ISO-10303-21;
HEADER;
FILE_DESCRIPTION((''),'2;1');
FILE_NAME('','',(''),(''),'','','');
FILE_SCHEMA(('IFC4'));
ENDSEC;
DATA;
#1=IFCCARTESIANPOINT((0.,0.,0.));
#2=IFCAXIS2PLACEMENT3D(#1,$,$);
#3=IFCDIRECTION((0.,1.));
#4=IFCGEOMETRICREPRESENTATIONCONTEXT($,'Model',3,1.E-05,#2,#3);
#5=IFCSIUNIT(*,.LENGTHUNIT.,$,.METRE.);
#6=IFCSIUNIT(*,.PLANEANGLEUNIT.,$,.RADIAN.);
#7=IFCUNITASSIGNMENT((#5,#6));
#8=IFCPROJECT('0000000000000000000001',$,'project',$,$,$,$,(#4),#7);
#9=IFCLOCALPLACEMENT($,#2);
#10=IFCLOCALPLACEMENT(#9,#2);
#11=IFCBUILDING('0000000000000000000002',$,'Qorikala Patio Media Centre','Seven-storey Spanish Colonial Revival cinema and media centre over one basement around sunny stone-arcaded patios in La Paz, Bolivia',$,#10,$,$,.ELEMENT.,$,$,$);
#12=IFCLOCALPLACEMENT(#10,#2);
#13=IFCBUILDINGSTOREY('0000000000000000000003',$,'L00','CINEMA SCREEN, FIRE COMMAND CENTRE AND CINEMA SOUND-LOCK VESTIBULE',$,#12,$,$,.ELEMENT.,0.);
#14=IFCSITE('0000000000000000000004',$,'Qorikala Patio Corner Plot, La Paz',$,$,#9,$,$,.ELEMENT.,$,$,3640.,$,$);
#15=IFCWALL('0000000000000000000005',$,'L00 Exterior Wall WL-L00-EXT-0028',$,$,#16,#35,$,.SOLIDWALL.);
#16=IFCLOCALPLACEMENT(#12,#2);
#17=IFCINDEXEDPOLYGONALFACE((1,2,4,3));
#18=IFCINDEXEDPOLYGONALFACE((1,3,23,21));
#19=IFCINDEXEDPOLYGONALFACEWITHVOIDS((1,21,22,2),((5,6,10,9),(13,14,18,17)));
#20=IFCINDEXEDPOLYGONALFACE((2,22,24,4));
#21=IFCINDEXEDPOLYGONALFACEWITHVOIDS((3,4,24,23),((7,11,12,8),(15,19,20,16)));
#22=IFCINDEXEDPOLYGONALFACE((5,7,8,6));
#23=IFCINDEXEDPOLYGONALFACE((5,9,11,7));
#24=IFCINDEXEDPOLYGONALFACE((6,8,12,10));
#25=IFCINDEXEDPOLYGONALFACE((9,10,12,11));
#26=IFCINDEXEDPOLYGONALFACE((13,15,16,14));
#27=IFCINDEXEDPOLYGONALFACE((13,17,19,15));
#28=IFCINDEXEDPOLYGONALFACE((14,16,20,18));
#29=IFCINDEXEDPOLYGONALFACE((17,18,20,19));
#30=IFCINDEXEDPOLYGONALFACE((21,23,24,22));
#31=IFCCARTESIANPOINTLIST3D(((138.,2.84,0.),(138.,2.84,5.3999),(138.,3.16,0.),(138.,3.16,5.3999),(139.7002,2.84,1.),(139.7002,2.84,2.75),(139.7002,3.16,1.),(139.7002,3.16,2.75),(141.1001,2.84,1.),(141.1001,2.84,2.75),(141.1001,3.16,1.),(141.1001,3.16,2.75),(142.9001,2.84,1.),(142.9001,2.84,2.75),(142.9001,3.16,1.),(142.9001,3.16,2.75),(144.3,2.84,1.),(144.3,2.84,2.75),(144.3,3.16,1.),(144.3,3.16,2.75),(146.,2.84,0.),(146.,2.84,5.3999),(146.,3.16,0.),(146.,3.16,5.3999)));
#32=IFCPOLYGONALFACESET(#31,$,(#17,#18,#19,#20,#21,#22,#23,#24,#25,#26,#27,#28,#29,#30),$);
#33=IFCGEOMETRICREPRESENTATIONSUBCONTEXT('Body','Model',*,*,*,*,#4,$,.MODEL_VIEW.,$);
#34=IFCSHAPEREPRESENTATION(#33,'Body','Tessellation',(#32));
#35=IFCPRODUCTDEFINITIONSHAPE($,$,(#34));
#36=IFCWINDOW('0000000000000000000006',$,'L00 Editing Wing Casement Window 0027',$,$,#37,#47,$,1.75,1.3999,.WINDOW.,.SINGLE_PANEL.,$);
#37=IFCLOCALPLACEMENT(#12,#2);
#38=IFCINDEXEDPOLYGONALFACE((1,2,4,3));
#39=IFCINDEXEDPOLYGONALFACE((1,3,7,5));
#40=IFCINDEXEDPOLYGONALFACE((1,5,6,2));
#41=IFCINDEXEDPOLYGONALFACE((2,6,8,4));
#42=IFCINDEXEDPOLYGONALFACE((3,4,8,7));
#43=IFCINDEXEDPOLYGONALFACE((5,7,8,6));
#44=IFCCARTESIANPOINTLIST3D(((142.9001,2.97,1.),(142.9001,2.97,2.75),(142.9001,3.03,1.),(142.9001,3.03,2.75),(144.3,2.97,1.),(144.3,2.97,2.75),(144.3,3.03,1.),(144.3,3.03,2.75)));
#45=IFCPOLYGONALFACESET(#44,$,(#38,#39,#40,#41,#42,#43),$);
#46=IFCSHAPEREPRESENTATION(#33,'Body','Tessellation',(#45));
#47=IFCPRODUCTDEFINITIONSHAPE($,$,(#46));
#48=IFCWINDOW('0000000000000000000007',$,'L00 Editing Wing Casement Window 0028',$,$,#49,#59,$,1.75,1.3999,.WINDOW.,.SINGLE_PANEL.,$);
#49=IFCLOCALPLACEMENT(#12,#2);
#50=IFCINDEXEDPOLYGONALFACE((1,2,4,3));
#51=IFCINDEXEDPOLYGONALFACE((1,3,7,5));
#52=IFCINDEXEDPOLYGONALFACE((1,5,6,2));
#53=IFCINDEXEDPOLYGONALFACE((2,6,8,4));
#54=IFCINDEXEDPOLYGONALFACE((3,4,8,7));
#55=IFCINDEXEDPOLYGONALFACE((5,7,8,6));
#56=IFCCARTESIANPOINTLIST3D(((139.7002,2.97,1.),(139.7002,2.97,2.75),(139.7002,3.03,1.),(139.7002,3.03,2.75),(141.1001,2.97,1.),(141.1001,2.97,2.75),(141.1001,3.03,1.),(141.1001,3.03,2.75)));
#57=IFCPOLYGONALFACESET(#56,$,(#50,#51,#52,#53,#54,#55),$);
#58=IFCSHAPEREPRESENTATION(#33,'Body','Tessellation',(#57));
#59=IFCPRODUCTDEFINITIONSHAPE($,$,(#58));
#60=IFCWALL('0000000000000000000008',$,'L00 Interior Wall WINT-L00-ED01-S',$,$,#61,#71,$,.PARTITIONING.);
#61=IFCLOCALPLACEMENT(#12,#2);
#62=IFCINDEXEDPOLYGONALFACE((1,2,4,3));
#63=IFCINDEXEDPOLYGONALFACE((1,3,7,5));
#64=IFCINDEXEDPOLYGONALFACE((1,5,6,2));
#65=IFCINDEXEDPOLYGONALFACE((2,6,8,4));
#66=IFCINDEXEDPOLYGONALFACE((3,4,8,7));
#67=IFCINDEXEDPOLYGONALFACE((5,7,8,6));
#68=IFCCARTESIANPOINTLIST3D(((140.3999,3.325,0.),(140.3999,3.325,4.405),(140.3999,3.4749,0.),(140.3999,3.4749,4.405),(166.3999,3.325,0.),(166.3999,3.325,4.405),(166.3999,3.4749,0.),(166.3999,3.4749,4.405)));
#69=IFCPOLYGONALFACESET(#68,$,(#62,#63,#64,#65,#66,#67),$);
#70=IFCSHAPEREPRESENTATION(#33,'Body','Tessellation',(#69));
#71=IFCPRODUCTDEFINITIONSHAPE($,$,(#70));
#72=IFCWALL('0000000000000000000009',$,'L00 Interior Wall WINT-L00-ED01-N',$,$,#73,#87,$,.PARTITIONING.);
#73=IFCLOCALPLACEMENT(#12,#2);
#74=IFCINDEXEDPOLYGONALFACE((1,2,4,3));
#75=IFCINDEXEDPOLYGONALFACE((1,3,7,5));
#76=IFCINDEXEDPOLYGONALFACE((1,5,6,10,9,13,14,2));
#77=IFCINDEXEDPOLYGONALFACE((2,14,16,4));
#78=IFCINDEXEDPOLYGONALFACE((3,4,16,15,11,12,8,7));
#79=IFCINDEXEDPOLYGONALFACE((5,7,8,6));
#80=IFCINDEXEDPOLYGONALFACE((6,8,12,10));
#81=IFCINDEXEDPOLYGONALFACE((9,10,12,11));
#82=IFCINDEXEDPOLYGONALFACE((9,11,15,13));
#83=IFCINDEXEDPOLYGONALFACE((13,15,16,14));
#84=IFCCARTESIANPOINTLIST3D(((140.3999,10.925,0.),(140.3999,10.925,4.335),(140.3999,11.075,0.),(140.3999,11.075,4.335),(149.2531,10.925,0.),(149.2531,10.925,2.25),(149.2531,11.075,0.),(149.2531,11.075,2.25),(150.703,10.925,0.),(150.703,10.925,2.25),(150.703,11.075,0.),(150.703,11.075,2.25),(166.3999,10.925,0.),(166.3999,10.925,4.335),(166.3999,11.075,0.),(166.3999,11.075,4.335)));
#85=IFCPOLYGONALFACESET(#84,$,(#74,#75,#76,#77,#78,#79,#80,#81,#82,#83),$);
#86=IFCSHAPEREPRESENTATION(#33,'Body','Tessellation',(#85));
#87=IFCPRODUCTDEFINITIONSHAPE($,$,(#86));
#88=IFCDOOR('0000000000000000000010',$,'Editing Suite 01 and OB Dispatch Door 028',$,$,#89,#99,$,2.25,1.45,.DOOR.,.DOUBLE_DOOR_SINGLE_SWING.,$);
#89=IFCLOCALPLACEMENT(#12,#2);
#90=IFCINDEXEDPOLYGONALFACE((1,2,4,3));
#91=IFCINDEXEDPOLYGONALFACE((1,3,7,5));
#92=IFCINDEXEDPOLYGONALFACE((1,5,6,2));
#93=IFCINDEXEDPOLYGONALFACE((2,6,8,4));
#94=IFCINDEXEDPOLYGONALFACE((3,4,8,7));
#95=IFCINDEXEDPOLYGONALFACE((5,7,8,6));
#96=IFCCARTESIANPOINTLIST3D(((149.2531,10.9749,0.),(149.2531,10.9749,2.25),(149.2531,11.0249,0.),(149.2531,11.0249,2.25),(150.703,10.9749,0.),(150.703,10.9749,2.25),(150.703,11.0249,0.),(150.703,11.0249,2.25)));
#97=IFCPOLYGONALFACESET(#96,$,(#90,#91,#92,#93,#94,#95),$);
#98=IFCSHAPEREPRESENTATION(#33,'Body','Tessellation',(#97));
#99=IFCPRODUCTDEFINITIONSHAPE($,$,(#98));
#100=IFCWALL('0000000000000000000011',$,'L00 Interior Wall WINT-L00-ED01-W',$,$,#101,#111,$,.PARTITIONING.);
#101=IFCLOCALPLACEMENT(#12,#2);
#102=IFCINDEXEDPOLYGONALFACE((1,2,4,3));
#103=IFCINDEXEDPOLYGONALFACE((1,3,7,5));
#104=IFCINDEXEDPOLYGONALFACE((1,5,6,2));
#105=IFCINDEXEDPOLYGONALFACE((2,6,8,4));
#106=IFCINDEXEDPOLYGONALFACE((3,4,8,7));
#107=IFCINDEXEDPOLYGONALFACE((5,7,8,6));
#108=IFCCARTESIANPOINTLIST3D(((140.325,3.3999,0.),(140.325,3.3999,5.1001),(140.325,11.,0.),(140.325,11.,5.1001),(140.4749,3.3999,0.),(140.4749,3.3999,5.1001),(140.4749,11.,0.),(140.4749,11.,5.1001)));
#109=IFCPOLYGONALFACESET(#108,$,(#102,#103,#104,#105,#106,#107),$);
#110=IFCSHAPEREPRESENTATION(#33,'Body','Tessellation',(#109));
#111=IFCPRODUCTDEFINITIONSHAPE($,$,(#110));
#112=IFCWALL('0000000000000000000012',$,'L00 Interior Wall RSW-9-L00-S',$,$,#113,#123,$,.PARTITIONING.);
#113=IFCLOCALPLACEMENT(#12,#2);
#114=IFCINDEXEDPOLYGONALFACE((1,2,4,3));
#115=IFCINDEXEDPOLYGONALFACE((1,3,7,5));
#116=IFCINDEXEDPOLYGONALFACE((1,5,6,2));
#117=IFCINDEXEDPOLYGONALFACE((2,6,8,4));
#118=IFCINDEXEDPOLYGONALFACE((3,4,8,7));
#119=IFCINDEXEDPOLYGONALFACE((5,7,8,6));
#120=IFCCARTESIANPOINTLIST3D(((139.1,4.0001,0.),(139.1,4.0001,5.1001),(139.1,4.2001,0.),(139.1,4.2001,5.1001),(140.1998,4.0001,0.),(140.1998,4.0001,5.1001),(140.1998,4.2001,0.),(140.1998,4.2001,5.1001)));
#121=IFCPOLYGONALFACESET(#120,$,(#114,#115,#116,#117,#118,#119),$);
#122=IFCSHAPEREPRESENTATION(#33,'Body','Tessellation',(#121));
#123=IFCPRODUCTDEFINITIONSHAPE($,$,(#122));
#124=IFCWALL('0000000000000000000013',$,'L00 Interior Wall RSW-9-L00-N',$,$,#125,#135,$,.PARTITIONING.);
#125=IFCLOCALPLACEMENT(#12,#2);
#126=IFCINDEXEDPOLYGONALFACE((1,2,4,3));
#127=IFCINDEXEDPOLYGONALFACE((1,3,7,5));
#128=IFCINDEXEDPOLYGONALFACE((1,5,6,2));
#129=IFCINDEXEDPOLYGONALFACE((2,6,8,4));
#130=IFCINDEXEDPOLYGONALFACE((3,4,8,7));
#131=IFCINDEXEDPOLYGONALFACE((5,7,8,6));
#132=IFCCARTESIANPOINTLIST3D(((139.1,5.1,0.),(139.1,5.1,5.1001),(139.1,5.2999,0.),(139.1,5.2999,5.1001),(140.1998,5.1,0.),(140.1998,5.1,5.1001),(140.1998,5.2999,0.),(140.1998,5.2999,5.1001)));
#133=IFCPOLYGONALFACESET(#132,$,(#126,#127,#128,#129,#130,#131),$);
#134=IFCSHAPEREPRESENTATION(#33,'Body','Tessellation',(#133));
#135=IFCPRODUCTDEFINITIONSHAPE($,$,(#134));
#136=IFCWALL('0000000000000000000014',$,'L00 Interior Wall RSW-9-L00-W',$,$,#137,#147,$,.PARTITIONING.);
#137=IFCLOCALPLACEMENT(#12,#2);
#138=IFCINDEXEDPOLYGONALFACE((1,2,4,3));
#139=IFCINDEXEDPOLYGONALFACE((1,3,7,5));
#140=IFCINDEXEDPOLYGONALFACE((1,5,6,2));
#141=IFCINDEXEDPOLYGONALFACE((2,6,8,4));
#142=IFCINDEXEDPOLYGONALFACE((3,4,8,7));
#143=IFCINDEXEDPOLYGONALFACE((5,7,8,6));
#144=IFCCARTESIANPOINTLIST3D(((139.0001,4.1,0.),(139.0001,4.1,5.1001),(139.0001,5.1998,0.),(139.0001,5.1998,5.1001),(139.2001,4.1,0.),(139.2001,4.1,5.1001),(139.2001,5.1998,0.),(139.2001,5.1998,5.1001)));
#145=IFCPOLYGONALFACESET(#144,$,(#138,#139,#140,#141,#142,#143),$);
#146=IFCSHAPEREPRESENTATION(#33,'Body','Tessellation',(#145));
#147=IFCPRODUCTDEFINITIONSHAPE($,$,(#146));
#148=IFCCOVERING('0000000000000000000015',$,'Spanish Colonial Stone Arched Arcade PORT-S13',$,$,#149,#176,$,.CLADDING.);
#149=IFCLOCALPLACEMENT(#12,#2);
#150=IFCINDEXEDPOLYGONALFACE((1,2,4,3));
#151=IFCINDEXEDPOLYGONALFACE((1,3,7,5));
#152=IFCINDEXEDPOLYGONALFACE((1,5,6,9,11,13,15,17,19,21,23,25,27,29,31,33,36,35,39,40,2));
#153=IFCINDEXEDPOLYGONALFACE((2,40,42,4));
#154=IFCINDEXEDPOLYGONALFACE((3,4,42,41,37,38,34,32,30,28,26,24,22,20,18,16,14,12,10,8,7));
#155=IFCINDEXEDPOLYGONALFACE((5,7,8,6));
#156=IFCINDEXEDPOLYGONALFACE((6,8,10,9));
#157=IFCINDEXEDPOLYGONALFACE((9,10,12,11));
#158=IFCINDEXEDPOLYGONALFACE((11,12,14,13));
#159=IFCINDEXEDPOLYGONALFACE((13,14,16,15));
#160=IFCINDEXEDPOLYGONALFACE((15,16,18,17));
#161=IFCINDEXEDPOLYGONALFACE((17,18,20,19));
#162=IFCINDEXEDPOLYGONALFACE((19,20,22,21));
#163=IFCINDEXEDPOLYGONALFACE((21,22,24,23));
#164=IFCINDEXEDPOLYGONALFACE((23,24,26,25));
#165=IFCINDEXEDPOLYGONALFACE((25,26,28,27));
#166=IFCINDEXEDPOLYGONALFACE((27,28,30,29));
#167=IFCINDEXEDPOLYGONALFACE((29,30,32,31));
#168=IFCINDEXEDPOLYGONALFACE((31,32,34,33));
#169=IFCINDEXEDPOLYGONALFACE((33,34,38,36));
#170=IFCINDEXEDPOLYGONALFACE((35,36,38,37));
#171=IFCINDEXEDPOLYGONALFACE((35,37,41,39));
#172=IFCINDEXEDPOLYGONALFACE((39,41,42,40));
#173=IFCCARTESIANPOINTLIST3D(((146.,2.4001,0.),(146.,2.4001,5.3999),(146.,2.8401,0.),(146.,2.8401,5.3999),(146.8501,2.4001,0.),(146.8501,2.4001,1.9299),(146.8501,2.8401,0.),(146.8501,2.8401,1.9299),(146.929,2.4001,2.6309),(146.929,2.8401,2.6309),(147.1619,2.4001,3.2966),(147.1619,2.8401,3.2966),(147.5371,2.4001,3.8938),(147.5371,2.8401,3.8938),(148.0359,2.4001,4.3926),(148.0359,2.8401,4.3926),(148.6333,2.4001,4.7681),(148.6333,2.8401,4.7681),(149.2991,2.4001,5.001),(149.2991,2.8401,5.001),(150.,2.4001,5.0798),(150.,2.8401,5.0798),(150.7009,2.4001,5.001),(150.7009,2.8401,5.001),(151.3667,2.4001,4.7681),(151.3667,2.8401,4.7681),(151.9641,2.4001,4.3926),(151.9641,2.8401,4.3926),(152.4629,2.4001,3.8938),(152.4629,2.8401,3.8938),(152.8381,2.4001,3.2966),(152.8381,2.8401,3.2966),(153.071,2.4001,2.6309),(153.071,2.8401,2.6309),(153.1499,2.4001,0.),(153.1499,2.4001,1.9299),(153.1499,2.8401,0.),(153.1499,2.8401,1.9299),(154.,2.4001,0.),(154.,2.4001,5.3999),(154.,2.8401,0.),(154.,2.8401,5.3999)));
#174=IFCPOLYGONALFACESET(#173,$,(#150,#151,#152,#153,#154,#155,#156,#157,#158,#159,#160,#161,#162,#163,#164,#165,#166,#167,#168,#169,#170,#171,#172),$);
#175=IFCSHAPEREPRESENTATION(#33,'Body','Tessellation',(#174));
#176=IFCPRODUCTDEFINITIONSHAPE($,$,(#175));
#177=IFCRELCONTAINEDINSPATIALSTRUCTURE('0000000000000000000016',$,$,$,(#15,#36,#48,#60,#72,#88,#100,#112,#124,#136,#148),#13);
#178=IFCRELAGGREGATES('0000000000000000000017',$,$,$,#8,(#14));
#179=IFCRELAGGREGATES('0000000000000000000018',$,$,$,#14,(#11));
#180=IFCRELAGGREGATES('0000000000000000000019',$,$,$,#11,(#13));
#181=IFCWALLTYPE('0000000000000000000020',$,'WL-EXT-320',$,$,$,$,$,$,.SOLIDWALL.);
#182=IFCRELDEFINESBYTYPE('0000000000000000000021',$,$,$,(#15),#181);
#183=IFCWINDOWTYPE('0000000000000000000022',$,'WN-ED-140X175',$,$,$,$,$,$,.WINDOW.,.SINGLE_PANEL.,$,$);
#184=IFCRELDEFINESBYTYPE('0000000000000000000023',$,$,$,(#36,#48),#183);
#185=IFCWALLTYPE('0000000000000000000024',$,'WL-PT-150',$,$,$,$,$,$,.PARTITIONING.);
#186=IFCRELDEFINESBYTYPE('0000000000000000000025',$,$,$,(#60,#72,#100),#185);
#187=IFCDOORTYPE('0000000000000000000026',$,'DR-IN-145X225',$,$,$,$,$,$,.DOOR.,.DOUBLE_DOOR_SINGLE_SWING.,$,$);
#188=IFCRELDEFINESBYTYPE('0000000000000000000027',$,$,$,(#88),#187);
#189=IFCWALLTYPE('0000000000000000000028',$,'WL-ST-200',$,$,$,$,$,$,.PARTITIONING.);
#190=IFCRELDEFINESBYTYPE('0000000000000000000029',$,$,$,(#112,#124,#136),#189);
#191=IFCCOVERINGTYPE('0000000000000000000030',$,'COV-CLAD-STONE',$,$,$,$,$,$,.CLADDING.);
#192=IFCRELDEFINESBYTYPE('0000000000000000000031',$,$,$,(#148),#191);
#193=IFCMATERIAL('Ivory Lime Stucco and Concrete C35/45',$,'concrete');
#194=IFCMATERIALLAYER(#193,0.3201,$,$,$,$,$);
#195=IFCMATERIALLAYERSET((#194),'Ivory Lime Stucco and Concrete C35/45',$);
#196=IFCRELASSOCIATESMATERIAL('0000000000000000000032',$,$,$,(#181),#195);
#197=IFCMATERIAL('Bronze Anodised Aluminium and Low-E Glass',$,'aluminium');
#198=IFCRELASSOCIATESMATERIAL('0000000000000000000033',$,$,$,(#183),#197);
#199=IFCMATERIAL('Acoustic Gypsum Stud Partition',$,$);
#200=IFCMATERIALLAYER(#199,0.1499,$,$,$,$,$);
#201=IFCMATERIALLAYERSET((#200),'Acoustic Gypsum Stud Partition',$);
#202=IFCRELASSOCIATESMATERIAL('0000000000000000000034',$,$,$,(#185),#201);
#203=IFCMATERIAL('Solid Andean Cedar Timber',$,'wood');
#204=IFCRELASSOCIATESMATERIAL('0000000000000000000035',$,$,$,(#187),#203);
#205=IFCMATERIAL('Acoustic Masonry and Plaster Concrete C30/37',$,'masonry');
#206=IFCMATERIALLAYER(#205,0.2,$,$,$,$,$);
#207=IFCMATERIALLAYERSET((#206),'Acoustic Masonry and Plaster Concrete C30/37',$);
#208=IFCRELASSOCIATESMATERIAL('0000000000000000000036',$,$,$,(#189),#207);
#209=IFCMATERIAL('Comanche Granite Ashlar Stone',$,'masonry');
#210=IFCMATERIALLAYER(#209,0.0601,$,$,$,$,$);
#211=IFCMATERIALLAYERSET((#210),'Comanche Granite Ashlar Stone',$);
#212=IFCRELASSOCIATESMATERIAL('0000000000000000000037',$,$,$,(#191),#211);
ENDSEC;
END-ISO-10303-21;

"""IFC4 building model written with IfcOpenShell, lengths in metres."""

from ifc_helpers import new_model, si_unit, direction, frame, frame_2d, origin, place, context, subcontext, project, spatial, polyline, rectangle, outline, extrude, material, layer, layer_set, type_object, element, fill, save


model = new_model("IFC4")

# Units and contexts
model_context = context("Model", 3, precision=1e-05, world=origin(), true_north=direction((0.0, 1.0)))
body_context = subcontext(model_context, "Body", "Model", "MODEL_VIEW")
ifc_project = project(units=[si_unit("LENGTHUNIT", "METRE"), si_unit("PLANEANGLEUNIT", "RADIAN")], contexts=[model_context])

# Site, building, storey
site_placement = place(None, origin())
site = spatial("IfcSite", under=ifc_project, at=site_placement, Name="Qorikala Patio Corner Plot, La Paz", CompositionType="ELEMENT", RefElevation=3640.0)
building_placement = place(site_placement, origin())
building = spatial("IfcBuilding", under=site, at=building_placement, Name="Qorikala Patio Media Centre", Description="Seven-storey Spanish Colonial Revival cinema and media centre over one basement around sunny stone-arcaded patios in La Paz, Bolivia", CompositionType="ELEMENT")
storey_placement = place(building_placement, origin())
storey = spatial("IfcBuildingStorey", under=building, at=storey_placement, Name="L00", Description="CINEMA SCREEN, FIRE COMMAND CENTRE AND CINEMA SOUND-LOCK VESTIBULE", CompositionType="ELEMENT", Elevation=0.0)

# Wall, openings, windows
ifc_material_1 = material(Name="Ivory Lime Stucco and Concrete C35/45", Category="concrete")
ifc_layer_1 = layer(ifc_material_1, 0.3201)
ifc_layer_set_1 = layer_set([ifc_layer_1], Name="Ivory Lime Stucco and Concrete C35/45")
wall_type_1 = type_object("IfcWallType", Name="WL-EXT-320", PredefinedType="SOLIDWALL", material=ifc_layer_set_1)
wall_1_placement = place(storey_placement, frame((146.0, 3.0, 0.0), z_axis=(0.0, 0.0, 1.0), x_axis=(-1.0, 0.0, 0.0)))
wall_1 = element("IfcWall", 1, at=wall_1_placement, inside=storey, type_object=wall_type_1, Name="L00 Exterior Wall WL-L00-EXT-0028", PredefinedType="SOLIDWALL", context=body_context, shape_type="SweptSolid", body=[
    extrude(rectangle(XDim=8.0, YDim=0.3201, at=frame_2d((4.0, 0.0))), origin(), (0.0, 0.0, 1.0), 5.3999),
])
opening_1_placement = place(wall_1_placement, frame((1.7, 0.0, 1.0)))
opening_1 = element("IfcOpeningElement", 2, at=opening_1_placement, cuts=wall_1, PredefinedType="OPENING", context=body_context, shape_type="SweptSolid", body=[
    extrude(rectangle(XDim=1.3999, YDim=1.75, at=frame_2d((0.7, 0.875))), frame((0.0, 0.1699, 0.0), z_axis=(0.0, -1.0, 0.0), x_axis=(1.0, 0.0, 0.0)), (0.0, 0.0, 1.0), 0.3401),
])
opening_2_placement = place(wall_1_placement, frame((4.8999, 0.0, 1.0)))
opening_2 = element("IfcOpeningElement", 3, at=opening_2_placement, cuts=wall_1, PredefinedType="OPENING", context=body_context, shape_type="SweptSolid", body=[
    extrude(rectangle(XDim=1.3999, YDim=1.75, at=frame_2d((0.7, 0.875))), frame((0.0, 0.1699, 0.0), z_axis=(0.0, -1.0, 0.0), x_axis=(1.0, 0.0, 0.0)), (0.0, 0.0, 1.0), 0.3401),
])
ifc_material_2 = material(Name="Bronze Anodised Aluminium and Low-E Glass", Category="aluminium")
window_type = type_object("IfcWindowType", Name="WN-ED-140X175", PartitioningType="SINGLE_PANEL", PredefinedType="WINDOW", material=ifc_material_2)
window_1_placement = place(opening_1_placement, origin())
window_1 = element("IfcWindow", 4, at=window_1_placement, inside=storey, type_object=window_type, Name="L00 Editing Wing Casement Window 0027", OverallHeight=1.75, OverallWidth=1.3999, PartitioningType="SINGLE_PANEL", PredefinedType="WINDOW", context=body_context, shape_type="SweptSolid", body=[
    extrude(rectangle(XDim=1.3999, YDim=1.75, at=frame_2d((0.7, 0.875))), frame((0.0, 0.03, 0.0), z_axis=(0.0, -1.0, 0.0), x_axis=(1.0, 0.0, 0.0)), (0.0, 0.0, 1.0), 0.0601),
])
fill(opening_1, window_1)
window_2_placement = place(opening_2_placement, origin())
window_2 = element("IfcWindow", 5, at=window_2_placement, inside=storey, type_object=window_type, Name="L00 Editing Wing Casement Window 0028", OverallHeight=1.75, OverallWidth=1.3999, PartitioningType="SINGLE_PANEL", PredefinedType="WINDOW", context=body_context, shape_type="SweptSolid", body=[
    extrude(rectangle(XDim=1.3999, YDim=1.75, at=frame_2d((0.7, 0.875))), frame((0.0, 0.03, 0.0), z_axis=(0.0, -1.0, 0.0), x_axis=(1.0, 0.0, 0.0)), (0.0, 0.0, 1.0), 0.0601),
])
fill(opening_2, window_2)

# Wall
ifc_material_3 = material(Name="Acoustic Gypsum Stud Partition")
ifc_layer_2 = layer(ifc_material_3, 0.1499)
ifc_layer_set_2 = layer_set([ifc_layer_2], Name="Acoustic Gypsum Stud Partition")
wall_type_2 = type_object("IfcWallType", Name="WL-PT-150", PredefinedType="PARTITIONING", material=ifc_layer_set_2)
wall_2_placement = place(storey_placement, frame((140.3999, 3.3999, 0.0), z_axis=(0.0, 0.0, 1.0), x_axis=(1.0, 0.0, 0.0)))
element("IfcWall", 6, at=wall_2_placement, inside=storey, type_object=wall_type_2, Name="L00 Interior Wall WINT-L00-ED01-S", PredefinedType="PARTITIONING", context=body_context, shape_type="SweptSolid", body=[
    extrude(rectangle(XDim=26.0, YDim=0.1499, at=frame_2d((13.0, 0.0))), origin(), (0.0, 0.0, 1.0), 4.405),
])

# Wall, opening, door
wall_3_placement = place(storey_placement, frame((140.3999, 11.0, 0.0), z_axis=(0.0, 0.0, 1.0), x_axis=(1.0, 0.0, 0.0)))
wall_3 = element("IfcWall", 7, at=wall_3_placement, inside=storey, type_object=wall_type_2, Name="L00 Interior Wall WINT-L00-ED01-N", PredefinedType="PARTITIONING", context=body_context, shape_type="SweptSolid", body=[
    extrude(rectangle(XDim=26.0, YDim=0.1499, at=frame_2d((13.0, 0.0))), origin(), (0.0, 0.0, 1.0), 4.335),
])
opening_3_placement = place(wall_3_placement, frame((8.853, 0.0, 0.0)))
opening_3 = element("IfcOpeningElement", 8, at=opening_3_placement, cuts=wall_3, PredefinedType="OPENING", context=body_context, shape_type="SweptSolid", body=[
    extrude(rectangle(XDim=1.45, YDim=2.25, at=frame_2d((0.7251, 1.125))), frame((0.0, 0.085, 0.0), z_axis=(0.0, -1.0, 0.0), x_axis=(1.0, 0.0, 0.0)), (0.0, 0.0, 1.0), 0.1699),
])
ifc_material_4 = material(Name="Solid Andean Cedar Timber", Category="wood")
door_type = type_object("IfcDoorType", Name="DR-IN-145X225", OperationType="DOUBLE_DOOR_SINGLE_SWING", PredefinedType="DOOR", material=ifc_material_4)
door_placement = place(opening_3_placement, origin())
door = element("IfcDoor", 9, at=door_placement, inside=storey, type_object=door_type, Name="Editing Suite 01 and OB Dispatch Door 028", OperationType="DOUBLE_DOOR_SINGLE_SWING", OverallHeight=2.25, OverallWidth=1.45, PredefinedType="DOOR", context=body_context, shape_type="SweptSolid", body=[
    extrude(rectangle(XDim=1.45, YDim=2.25, at=frame_2d((0.7251, 1.125))), frame((0.0, 0.0249, 0.0), z_axis=(0.0, -1.0, 0.0), x_axis=(1.0, 0.0, 0.0)), (0.0, 0.0, 1.0), 0.05),
])
fill(opening_3, door)

# Walls
wall_4_placement = place(storey_placement, frame((140.3999, 3.3999, 0.0), z_axis=(0.0, 0.0, 1.0), x_axis=(0.0, 1.0, 0.0)))
element("IfcWall", 10, at=wall_4_placement, inside=storey, type_object=wall_type_2, Name="L00 Interior Wall WINT-L00-ED01-W", PredefinedType="PARTITIONING", context=body_context, shape_type="SweptSolid", body=[
    extrude(rectangle(XDim=7.6001, YDim=0.1499, at=frame_2d((3.8, 0.0))), origin(), (0.0, 0.0, 1.0), 5.1001),
])
ifc_material_5 = material(Name="Acoustic Masonry and Plaster Concrete C30/37", Category="masonry")
ifc_layer_3 = layer(ifc_material_5, 0.2)
ifc_layer_set_3 = layer_set([ifc_layer_3], Name="Acoustic Masonry and Plaster Concrete C30/37")
wall_type_3 = type_object("IfcWallType", Name="WL-ST-200", PredefinedType="PARTITIONING", material=ifc_layer_set_3)
for number, where, z_axis, x_axis, name in (
    (11, (139.1001, 4.1001, 0.0), (0.0, 0.0, 1.0), (1.0, 0.0, 0.0), "L00 Interior Wall RSW-9-L00-S"),
    (12, (139.1001, 5.2, 0.0), (0.0, 0.0, 1.0), (1.0, 0.0, 0.0), "L00 Interior Wall RSW-9-L00-N"),
    (13, (139.1001, 4.1001, 0.0), (0.0, 0.0, 1.0), (0.0, 1.0, 0.0), "L00 Interior Wall RSW-9-L00-W"),
):
    element("IfcWall", number, at=place(storey_placement, frame(where, z_axis=z_axis, x_axis=x_axis)), inside=storey, type_object=wall_type_3, Name=name, PredefinedType="PARTITIONING", context=body_context, shape_type="SweptSolid", body=[
        extrude(rectangle(XDim=1.0999, YDim=0.2, at=frame_2d((0.5498, 0.0))), origin(), (0.0, 0.0, 1.0), 5.1001),
    ])

# Covering
ifc_material_6 = material(Name="Comanche Granite Ashlar Stone", Category="masonry")
ifc_layer_4 = layer(ifc_material_6, 0.0601)
ifc_layer_set_4 = layer_set([ifc_layer_4], Name="Comanche Granite Ashlar Stone")
covering_type = type_object("IfcCoveringType", Name="COV-CLAD-STONE", PredefinedType="CLADDING", material=ifc_layer_set_4)
covering_1_placement = place(storey_placement, frame((146.0, 2.6201, 0.0), z_axis=(0.0, 0.0, 1.0), x_axis=(1.0, 0.0, 0.0)))
element("IfcCovering", 14, at=covering_1_placement, inside=storey, type_object=covering_type, Name="Spanish Colonial Stone Arched Arcade PORT-S13", PredefinedType="CLADDING", context=body_context, shape_type="SweptSolid", body=[
    extrude(outline(polyline([(0.0, 0.0), (0.8501, 0.0), (0.8501, 1.9299), (0.929, 2.6309), (1.1619, 3.2966), (1.5371, 3.8938), (2.0359, 4.3926), (2.6333, 4.7681), (3.2991, 5.001), (4.0, 5.0798), (4.7009, 5.001), (5.3667, 4.7681), (5.9641, 4.3926), (6.4629, 3.8938), (6.8381, 3.2966), (7.071, 2.6309), (7.1499, 1.9299), (7.1499, 0.0), (8.0, 0.0), (8.0, 5.3999), (0.0, 5.3999), (0.0, 0.0)])), frame((0.0, 0.22, 0.0), z_axis=(0.0, -1.0, 0.0), x_axis=(1.0, 0.0, 0.0)), (0.0, 0.0, 1.0), 0.4399),
])

save(model, "model.ifc")
